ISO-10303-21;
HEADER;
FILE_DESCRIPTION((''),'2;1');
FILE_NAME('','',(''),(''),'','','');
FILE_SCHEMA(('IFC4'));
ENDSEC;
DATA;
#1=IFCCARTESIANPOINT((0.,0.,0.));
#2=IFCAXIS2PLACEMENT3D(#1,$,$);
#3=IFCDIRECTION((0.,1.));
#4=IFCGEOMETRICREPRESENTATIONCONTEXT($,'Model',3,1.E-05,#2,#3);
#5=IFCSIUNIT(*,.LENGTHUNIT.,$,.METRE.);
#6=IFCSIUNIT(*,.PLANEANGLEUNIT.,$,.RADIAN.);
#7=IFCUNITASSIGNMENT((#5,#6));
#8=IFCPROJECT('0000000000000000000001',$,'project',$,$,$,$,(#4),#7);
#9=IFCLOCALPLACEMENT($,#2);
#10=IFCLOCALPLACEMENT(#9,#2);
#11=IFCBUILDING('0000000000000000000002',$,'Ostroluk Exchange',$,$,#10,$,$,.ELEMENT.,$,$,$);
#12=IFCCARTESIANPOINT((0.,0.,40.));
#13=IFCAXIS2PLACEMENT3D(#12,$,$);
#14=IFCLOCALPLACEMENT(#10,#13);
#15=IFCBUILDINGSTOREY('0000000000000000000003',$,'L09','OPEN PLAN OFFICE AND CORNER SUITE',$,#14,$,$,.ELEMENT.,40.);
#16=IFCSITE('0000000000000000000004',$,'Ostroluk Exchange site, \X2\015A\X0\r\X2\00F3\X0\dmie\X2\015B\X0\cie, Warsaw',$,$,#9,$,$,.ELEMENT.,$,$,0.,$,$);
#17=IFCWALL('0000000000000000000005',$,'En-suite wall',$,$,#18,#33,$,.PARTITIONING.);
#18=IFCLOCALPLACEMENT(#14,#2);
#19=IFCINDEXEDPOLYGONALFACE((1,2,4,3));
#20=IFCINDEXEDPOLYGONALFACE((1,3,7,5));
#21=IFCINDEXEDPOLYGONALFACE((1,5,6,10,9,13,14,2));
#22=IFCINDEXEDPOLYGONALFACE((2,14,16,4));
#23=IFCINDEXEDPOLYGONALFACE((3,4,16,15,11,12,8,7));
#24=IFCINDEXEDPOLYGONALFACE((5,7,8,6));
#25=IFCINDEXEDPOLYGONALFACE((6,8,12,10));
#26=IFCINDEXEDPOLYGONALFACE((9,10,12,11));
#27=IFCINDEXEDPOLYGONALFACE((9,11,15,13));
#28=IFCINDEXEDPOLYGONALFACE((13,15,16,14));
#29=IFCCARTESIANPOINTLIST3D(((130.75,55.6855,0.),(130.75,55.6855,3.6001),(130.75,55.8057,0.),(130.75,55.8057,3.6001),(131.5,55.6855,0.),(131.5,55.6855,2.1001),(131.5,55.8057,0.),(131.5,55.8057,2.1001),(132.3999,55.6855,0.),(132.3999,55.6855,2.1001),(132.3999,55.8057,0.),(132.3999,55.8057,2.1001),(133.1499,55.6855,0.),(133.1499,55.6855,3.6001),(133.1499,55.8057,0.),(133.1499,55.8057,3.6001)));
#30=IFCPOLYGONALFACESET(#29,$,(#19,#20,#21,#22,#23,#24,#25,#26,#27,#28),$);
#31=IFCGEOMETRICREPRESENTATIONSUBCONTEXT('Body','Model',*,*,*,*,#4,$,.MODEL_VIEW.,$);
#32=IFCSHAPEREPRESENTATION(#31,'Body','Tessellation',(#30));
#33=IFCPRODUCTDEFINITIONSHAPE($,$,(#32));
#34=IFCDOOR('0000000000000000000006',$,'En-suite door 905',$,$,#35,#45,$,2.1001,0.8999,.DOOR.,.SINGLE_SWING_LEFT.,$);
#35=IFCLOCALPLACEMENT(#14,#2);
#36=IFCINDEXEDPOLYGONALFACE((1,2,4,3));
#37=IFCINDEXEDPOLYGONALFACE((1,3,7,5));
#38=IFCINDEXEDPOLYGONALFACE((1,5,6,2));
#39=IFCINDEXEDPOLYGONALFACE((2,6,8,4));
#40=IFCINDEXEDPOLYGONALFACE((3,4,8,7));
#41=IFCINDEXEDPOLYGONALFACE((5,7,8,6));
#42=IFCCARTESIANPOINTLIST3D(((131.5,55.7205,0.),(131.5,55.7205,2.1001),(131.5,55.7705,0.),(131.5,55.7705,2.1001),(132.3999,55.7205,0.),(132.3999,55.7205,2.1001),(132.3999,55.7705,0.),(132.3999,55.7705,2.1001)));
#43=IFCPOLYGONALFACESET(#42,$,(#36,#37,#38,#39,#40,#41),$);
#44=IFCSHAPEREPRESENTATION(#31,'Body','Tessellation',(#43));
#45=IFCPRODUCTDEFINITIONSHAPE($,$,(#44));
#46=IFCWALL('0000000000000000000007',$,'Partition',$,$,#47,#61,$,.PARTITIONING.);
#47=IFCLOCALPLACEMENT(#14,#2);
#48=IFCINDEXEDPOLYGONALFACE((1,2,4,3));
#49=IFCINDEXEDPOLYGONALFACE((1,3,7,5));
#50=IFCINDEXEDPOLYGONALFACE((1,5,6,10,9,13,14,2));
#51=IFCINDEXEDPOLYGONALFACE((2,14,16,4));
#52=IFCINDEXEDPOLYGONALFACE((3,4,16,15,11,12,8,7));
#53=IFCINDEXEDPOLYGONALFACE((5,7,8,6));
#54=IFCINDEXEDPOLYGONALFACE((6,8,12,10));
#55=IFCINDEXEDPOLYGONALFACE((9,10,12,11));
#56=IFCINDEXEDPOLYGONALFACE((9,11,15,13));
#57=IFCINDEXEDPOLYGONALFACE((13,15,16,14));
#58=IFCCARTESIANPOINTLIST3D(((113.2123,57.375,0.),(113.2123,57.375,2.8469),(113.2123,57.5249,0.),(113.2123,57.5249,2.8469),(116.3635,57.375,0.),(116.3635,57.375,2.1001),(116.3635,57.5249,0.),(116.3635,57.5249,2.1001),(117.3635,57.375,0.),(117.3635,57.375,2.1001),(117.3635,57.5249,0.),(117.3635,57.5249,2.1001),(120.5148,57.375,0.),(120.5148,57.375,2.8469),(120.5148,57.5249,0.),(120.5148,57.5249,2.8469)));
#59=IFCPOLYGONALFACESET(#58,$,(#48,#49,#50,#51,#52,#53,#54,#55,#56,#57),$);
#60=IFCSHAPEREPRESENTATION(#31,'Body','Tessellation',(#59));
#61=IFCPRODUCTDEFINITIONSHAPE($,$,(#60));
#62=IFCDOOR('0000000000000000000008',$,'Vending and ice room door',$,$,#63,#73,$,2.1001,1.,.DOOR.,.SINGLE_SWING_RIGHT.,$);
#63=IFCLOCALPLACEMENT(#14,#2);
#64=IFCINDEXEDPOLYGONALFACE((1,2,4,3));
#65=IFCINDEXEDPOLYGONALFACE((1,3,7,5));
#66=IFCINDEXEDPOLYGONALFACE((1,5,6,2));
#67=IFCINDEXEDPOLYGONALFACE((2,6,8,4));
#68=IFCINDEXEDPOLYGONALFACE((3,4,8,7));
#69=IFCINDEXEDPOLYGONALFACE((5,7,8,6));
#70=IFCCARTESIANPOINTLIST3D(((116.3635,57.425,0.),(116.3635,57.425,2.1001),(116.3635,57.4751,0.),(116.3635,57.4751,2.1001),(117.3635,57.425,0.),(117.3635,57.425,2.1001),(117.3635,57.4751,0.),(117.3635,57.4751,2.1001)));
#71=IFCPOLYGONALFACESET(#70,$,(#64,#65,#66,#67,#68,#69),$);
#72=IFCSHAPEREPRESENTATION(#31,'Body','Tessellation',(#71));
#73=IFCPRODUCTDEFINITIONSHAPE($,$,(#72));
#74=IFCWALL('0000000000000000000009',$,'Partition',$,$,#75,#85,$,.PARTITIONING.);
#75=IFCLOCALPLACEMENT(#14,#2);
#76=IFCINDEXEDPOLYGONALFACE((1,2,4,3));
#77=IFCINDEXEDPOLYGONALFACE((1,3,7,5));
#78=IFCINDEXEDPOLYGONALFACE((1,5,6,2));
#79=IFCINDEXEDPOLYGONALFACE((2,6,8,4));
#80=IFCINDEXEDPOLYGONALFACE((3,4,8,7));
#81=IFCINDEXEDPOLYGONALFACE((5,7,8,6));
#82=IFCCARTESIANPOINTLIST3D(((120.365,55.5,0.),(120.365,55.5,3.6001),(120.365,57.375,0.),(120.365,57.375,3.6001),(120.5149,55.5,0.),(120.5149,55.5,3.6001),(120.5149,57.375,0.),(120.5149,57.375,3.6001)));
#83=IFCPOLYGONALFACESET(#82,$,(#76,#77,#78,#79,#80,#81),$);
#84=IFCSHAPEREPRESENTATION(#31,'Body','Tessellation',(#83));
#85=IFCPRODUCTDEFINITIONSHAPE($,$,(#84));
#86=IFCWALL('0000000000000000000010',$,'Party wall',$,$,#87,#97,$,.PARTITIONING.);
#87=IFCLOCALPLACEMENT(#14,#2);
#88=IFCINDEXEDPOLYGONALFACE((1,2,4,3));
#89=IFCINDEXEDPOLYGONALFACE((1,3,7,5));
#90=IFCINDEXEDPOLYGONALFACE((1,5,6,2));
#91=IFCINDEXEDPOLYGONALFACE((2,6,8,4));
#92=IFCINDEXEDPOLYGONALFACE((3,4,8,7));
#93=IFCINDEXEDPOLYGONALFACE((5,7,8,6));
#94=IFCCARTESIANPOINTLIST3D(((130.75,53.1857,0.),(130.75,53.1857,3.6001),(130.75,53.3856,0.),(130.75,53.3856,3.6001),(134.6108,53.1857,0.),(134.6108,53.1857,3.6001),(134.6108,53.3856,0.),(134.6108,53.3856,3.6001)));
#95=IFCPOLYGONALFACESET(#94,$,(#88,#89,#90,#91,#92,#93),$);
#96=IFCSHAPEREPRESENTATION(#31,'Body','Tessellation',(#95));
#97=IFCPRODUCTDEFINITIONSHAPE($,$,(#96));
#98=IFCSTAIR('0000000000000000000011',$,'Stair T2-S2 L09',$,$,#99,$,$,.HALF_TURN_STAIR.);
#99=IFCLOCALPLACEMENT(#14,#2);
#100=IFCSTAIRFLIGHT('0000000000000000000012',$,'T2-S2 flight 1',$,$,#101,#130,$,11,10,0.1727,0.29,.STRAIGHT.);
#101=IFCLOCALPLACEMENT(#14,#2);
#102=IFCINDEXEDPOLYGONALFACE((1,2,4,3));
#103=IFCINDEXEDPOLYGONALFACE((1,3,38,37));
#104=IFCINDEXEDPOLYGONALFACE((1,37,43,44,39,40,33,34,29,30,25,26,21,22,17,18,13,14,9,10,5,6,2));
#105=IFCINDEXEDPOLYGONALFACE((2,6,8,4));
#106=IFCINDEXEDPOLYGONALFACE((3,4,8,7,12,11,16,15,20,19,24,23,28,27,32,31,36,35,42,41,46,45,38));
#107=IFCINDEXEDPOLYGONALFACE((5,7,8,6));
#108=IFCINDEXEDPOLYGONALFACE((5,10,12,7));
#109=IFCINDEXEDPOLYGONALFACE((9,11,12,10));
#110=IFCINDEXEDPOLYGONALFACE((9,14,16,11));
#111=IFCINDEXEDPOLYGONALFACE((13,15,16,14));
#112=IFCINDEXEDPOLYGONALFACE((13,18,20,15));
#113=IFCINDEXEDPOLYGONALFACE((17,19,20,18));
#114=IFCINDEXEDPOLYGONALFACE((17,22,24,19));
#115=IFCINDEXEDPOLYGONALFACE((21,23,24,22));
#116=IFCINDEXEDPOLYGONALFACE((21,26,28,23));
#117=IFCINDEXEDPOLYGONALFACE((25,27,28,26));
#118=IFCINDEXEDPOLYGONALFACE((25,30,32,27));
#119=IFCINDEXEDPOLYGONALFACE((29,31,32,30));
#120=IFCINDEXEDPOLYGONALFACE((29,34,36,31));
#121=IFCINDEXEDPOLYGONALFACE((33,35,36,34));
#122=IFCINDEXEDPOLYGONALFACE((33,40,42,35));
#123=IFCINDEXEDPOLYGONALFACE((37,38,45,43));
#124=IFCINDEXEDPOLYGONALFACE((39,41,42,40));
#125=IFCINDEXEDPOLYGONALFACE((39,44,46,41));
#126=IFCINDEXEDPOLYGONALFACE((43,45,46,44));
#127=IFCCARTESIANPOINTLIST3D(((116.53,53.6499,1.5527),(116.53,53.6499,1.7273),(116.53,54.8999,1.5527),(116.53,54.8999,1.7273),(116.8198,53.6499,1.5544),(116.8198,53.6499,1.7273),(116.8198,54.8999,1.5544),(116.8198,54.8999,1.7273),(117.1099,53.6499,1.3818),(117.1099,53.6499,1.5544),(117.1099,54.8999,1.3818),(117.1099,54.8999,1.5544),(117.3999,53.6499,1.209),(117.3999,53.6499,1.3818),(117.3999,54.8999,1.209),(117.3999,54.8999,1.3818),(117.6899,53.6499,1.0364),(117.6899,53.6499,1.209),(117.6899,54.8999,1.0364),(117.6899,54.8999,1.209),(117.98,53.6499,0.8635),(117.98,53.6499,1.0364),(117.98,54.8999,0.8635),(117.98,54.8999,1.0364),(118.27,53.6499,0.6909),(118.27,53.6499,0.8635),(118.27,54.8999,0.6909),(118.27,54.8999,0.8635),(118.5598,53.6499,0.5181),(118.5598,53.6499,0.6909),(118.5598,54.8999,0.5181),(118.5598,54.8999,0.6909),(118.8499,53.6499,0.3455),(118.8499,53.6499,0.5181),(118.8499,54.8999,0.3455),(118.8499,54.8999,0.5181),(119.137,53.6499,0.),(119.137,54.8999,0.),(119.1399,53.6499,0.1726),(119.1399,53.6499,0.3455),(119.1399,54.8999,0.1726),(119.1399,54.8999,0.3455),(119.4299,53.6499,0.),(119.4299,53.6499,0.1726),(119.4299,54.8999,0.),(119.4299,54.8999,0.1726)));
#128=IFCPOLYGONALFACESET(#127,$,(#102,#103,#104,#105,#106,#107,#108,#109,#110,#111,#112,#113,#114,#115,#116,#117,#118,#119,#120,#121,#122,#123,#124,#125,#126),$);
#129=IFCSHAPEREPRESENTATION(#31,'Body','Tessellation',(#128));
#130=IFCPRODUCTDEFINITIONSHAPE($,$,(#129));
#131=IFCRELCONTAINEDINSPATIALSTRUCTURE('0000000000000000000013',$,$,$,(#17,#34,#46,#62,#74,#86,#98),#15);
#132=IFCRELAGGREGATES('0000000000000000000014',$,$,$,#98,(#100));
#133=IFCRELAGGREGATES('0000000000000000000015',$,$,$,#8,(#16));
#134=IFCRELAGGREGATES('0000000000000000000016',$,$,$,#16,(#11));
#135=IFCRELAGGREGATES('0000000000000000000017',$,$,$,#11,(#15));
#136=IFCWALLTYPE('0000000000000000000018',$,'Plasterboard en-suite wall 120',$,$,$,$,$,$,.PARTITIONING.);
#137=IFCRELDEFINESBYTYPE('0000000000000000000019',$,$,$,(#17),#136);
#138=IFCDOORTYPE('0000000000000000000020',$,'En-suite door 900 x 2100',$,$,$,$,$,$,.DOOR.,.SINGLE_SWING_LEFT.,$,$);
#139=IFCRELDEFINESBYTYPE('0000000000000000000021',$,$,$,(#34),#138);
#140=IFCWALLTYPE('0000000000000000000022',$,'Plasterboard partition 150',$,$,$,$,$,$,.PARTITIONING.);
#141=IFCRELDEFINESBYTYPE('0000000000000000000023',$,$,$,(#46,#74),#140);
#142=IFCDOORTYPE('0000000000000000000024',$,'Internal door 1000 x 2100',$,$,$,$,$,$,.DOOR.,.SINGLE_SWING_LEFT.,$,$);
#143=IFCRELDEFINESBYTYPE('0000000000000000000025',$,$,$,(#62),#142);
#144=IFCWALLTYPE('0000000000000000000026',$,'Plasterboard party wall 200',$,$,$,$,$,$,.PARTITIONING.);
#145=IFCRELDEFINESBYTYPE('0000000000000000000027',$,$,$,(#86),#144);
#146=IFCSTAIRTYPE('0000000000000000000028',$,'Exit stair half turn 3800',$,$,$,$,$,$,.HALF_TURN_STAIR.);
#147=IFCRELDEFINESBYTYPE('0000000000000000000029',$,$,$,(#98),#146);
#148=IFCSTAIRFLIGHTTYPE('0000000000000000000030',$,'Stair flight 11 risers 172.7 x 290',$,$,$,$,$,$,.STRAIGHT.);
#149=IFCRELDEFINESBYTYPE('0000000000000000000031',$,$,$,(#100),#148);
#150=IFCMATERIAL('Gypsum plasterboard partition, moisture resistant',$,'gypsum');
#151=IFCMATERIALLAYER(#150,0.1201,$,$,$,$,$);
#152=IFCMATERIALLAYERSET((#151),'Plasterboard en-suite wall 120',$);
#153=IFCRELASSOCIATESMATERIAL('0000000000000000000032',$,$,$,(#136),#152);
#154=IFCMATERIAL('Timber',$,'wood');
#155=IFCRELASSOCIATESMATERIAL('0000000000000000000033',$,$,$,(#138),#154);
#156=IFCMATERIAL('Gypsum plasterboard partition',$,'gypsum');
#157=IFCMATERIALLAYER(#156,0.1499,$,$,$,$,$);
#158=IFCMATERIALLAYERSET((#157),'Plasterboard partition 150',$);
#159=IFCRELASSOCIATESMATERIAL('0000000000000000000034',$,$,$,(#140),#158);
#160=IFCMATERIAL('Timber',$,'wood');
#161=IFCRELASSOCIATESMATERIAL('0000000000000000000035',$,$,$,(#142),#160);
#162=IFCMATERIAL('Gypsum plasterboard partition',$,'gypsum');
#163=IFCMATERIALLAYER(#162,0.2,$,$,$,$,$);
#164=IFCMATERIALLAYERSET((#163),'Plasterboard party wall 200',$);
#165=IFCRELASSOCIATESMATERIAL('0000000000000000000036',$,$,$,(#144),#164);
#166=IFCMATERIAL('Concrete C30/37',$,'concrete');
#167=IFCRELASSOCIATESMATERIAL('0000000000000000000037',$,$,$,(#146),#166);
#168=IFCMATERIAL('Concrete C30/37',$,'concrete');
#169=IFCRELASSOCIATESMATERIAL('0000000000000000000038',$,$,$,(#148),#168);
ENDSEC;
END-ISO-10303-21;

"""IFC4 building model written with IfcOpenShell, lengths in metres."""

from ifc_helpers import new_model, si_unit, direction, frame, frame_2d, origin, place, context, subcontext, project, spatial, polyline, rectangle, outline, extrude, material, layer, layer_set, type_object, element, fill, aggregate, save


model = new_model("IFC4")

# Units and contexts
model_context = context("Model", 3, precision=1e-05, world=origin(), true_north=direction((0.0, 1.0)))
body_context = subcontext(model_context, "Body", "Model", "MODEL_VIEW")
ifc_project = project(units=[si_unit("LENGTHUNIT", "METRE"), si_unit("PLANEANGLEUNIT", "RADIAN")], contexts=[model_context])

# Site, building, storey
site_placement = place(None, origin())
site = spatial("IfcSite", under=ifc_project, at=site_placement, Name="Ostroluk Exchange site, Śródmieście, Warsaw", CompositionType="ELEMENT", RefElevation=0.0)
building_placement = place(site_placement, origin())
building = spatial("IfcBuilding", under=site, at=building_placement, Name="Ostroluk Exchange", CompositionType="ELEMENT")
storey_placement = place(building_placement, frame((0.0, 0.0, 40.0)))
storey = spatial("IfcBuildingStorey", under=building, at=storey_placement, Name="L09", Description="OPEN PLAN OFFICE AND CORNER SUITE", CompositionType="ELEMENT", Elevation=40.0)

# Walls, openings, doors
ifc_material_1 = material(Name="Gypsum plasterboard partition, moisture resistant", Category="gypsum")
ifc_layer_1 = layer(ifc_material_1, 0.1201)
ifc_layer_set_1 = layer_set([ifc_layer_1], Name="Plasterboard en-suite wall 120")
wall_type_1 = type_object("IfcWallType", Name="Plasterboard en-suite wall 120", PredefinedType="PARTITIONING", material=ifc_layer_set_1)
wall_1_placement = place(storey_placement, frame((130.75, 55.7456, 0.0), z_axis=(0.0, 0.0, 1.0), x_axis=(1.0, 0.0, 0.0)))
wall_1 = element("IfcWall", 1, at=wall_1_placement, inside=storey, type_object=wall_type_1, Name="En-suite wall", PredefinedType="PARTITIONING", context=body_context, shape_type="SweptSolid", body=[
    extrude(rectangle(XDim=2.3999, YDim=0.1201, at=frame_2d((1.2, 0.0))), origin(), (0.0, 0.0, 1.0), 3.6001),
])
opening_1_placement = place(wall_1_placement, frame((0.75, 0.0, 0.0)))
opening_1 = element("IfcOpeningElement", 2, at=opening_1_placement, cuts=wall_1, PredefinedType="OPENING", context=body_context, shape_type="SweptSolid", body=[
    extrude(rectangle(XDim=0.8999, YDim=2.1001, at=frame_2d((0.45, 1.05))), frame((0.0, 0.0701, 0.0), z_axis=(0.0, -1.0, 0.0), x_axis=(1.0, 0.0, 0.0)), (0.0, 0.0, 1.0), 0.1401),
])
ifc_material_2 = material(Name="Timber", Category="wood")
door_type_1 = type_object("IfcDoorType", Name="En-suite door 900 x 2100", OperationType="SINGLE_SWING_LEFT", PredefinedType="DOOR", material=ifc_material_2)
door_1_placement = place(opening_1_placement, origin())
door_1 = element("IfcDoor", 3, at=door_1_placement, inside=storey, type_object=door_type_1, Name="En-suite door 905", OperationType="SINGLE_SWING_LEFT", OverallHeight=2.1001, OverallWidth=0.8999, PredefinedType="DOOR", context=body_context, shape_type="SweptSolid", body=[
    extrude(rectangle(XDim=0.8999, YDim=2.1001, at=frame_2d((0.45, 1.05))), frame((0.0, 0.0249, 0.0), z_axis=(0.0, -1.0, 0.0), x_axis=(1.0, 0.0, 0.0)), (0.0, 0.0, 1.0), 0.05),
])
fill(opening_1, door_1)
ifc_material_3 = material(Name="Gypsum plasterboard partition", Category="gypsum")
ifc_layer_2 = layer(ifc_material_3, 0.1499)
ifc_layer_set_2 = layer_set([ifc_layer_2], Name="Plasterboard partition 150")
wall_type_2 = type_object("IfcWallType", Name="Plasterboard partition 150", PredefinedType="PARTITIONING", material=ifc_layer_set_2)
wall_2_placement = place(storey_placement, frame((120.5149, 57.45, 0.0), z_axis=(0.0, 0.0, 1.0), x_axis=(-1.0, 0.0, 0.0)))
wall_2 = element("IfcWall", 4, at=wall_2_placement, inside=storey, type_object=wall_type_2, Name="Partition", PredefinedType="PARTITIONING", context=body_context, shape_type="SweptSolid", body=[
    extrude(rectangle(XDim=7.3025, YDim=0.1499, at=frame_2d((3.6514, 0.0))), origin(), (0.0, 0.0, 1.0), 2.8469),
])
opening_2_placement = place(wall_2_placement, frame((3.1514, 0.0, 0.0)))
opening_2 = element("IfcOpeningElement", 5, at=opening_2_placement, cuts=wall_2, PredefinedType="OPENING", context=body_context, shape_type="SweptSolid", body=[
    extrude(rectangle(XDim=1.0, YDim=2.1001, at=frame_2d((0.5, 1.05))), frame((0.0, 0.085, 0.0), z_axis=(0.0, -1.0, 0.0), x_axis=(1.0, 0.0, 0.0)), (0.0, 0.0, 1.0), 0.1699),
])
ifc_material_4 = material(Name="Timber", Category="wood")
door_type_2 = type_object("IfcDoorType", Name="Internal door 1000 x 2100", OperationType="SINGLE_SWING_LEFT", PredefinedType="DOOR", material=ifc_material_4)
door_2_placement = place(opening_2_placement, origin())
door_2 = element("IfcDoor", 6, at=door_2_placement, inside=storey, type_object=door_type_2, Name="Vending and ice room door", OperationType="SINGLE_SWING_RIGHT", OverallHeight=2.1001, OverallWidth=1.0, PredefinedType="DOOR", context=body_context, shape_type="SweptSolid", body=[
    extrude(rectangle(XDim=1.0, YDim=2.1001, at=frame_2d((0.5, 1.05))), frame((0.0, 0.0249, 0.0), z_axis=(0.0, -1.0, 0.0), x_axis=(1.0, 0.0, 0.0)), (0.0, 0.0, 1.0), 0.05),
])
fill(opening_2, door_2)

# Walls
wall_3_placement = place(storey_placement, frame((120.4399, 55.5, 0.0), z_axis=(0.0, 0.0, 1.0), x_axis=(0.0, 1.0, 0.0)))
element("IfcWall", 7, at=wall_3_placement, inside=storey, type_object=wall_type_2, Name="Partition", PredefinedType="PARTITIONING", context=body_context, shape_type="SweptSolid", body=[
    extrude(rectangle(XDim=1.875, YDim=0.1499, at=frame_2d((0.9375, 0.0))), origin(), (0.0, 0.0, 1.0), 3.6001),
])
ifc_material_5 = material(Name="Gypsum plasterboard partition", Category="gypsum")
ifc_layer_3 = layer(ifc_material_5, 0.2)
ifc_layer_set_3 = layer_set([ifc_layer_3], Name="Plasterboard party wall 200")
wall_type_3 = type_object("IfcWallType", Name="Plasterboard party wall 200", PredefinedType="PARTITIONING", material=ifc_layer_set_3)
wall_4_placement = place(storey_placement, frame((130.75, 53.2856, 0.0), z_axis=(0.0, 0.0, 1.0), x_axis=(1.0, 0.0, 0.0)))
element("IfcWall", 8, at=wall_4_placement, inside=storey, type_object=wall_type_3, Name="Party wall", PredefinedType="PARTITIONING", context=body_context, shape_type="SweptSolid", body=[
    extrude(rectangle(XDim=3.8608, YDim=0.2, at=frame_2d((1.9304, 0.0))), origin(), (0.0, 0.0, 1.0), 3.6001),
])

# Stair, stair flight
ifc_material_6 = material(Name="Concrete C30/37", Category="concrete")
stair_type = type_object("IfcStairType", Name="Exit stair half turn 3800", PredefinedType="HALF_TURN_STAIR", material=ifc_material_6)
stair_placement = place(storey_placement, origin())
stair = element("IfcStair", 9, at=stair_placement, inside=storey, type_object=stair_type, Name="Stair T2-S2 L09", PredefinedType="HALF_TURN_STAIR")
ifc_material_7 = material(Name="Concrete C30/37", Category="concrete")
stair_flight_type = type_object("IfcStairFlightType", Name="Stair flight 11 risers 172.7 x 290", PredefinedType="STRAIGHT", material=ifc_material_7)
stair_flight_placement = place(storey_placement, frame((119.4299, 54.2749, 0.0), z_axis=(0.0, 0.0, 1.0), x_axis=(-1.0, 0.0, 0.0)))
stair_flight = element("IfcStairFlight", 10, at=stair_flight_placement, type_object=stair_flight_type, Name="T2-S2 flight 1", NumberOfRisers=11, NumberOfTreads=10, PredefinedType="STRAIGHT", RiserHeight=0.1727, TreadLength=0.29, context=body_context, shape_type="SweptSolid", body=[
    extrude(outline(polyline([(0.0, 0.0), (0.0, 0.1726), (0.29, 0.1726), (0.29, 0.3455), (0.5801, 0.3455), (0.5801, 0.5181), (0.8701, 0.5181), (0.8701, 0.6909), (1.1599, 0.6909), (1.1599, 0.8635), (1.45, 0.8635), (1.45, 1.0364), (1.74, 1.0364), (1.74, 1.209), (2.03, 1.209), (2.03, 1.3818), (2.3201, 1.3818), (2.3201, 1.5544), (2.6101, 1.5544), (2.6101, 1.7273), (2.8999, 1.7273), (2.8999, 1.8999), (2.8999, 1.5527), (0.293, 0.0), (0.0, 0.0)])), frame((0.0, 0.625, 0.0), z_axis=(0.0, -1.0, 0.0), x_axis=(1.0, 0.0, 0.0)), (0.0, 0.0, 1.0), 1.25),
])
aggregate(stair, [stair_flight])

save(model, "model.ifc")
